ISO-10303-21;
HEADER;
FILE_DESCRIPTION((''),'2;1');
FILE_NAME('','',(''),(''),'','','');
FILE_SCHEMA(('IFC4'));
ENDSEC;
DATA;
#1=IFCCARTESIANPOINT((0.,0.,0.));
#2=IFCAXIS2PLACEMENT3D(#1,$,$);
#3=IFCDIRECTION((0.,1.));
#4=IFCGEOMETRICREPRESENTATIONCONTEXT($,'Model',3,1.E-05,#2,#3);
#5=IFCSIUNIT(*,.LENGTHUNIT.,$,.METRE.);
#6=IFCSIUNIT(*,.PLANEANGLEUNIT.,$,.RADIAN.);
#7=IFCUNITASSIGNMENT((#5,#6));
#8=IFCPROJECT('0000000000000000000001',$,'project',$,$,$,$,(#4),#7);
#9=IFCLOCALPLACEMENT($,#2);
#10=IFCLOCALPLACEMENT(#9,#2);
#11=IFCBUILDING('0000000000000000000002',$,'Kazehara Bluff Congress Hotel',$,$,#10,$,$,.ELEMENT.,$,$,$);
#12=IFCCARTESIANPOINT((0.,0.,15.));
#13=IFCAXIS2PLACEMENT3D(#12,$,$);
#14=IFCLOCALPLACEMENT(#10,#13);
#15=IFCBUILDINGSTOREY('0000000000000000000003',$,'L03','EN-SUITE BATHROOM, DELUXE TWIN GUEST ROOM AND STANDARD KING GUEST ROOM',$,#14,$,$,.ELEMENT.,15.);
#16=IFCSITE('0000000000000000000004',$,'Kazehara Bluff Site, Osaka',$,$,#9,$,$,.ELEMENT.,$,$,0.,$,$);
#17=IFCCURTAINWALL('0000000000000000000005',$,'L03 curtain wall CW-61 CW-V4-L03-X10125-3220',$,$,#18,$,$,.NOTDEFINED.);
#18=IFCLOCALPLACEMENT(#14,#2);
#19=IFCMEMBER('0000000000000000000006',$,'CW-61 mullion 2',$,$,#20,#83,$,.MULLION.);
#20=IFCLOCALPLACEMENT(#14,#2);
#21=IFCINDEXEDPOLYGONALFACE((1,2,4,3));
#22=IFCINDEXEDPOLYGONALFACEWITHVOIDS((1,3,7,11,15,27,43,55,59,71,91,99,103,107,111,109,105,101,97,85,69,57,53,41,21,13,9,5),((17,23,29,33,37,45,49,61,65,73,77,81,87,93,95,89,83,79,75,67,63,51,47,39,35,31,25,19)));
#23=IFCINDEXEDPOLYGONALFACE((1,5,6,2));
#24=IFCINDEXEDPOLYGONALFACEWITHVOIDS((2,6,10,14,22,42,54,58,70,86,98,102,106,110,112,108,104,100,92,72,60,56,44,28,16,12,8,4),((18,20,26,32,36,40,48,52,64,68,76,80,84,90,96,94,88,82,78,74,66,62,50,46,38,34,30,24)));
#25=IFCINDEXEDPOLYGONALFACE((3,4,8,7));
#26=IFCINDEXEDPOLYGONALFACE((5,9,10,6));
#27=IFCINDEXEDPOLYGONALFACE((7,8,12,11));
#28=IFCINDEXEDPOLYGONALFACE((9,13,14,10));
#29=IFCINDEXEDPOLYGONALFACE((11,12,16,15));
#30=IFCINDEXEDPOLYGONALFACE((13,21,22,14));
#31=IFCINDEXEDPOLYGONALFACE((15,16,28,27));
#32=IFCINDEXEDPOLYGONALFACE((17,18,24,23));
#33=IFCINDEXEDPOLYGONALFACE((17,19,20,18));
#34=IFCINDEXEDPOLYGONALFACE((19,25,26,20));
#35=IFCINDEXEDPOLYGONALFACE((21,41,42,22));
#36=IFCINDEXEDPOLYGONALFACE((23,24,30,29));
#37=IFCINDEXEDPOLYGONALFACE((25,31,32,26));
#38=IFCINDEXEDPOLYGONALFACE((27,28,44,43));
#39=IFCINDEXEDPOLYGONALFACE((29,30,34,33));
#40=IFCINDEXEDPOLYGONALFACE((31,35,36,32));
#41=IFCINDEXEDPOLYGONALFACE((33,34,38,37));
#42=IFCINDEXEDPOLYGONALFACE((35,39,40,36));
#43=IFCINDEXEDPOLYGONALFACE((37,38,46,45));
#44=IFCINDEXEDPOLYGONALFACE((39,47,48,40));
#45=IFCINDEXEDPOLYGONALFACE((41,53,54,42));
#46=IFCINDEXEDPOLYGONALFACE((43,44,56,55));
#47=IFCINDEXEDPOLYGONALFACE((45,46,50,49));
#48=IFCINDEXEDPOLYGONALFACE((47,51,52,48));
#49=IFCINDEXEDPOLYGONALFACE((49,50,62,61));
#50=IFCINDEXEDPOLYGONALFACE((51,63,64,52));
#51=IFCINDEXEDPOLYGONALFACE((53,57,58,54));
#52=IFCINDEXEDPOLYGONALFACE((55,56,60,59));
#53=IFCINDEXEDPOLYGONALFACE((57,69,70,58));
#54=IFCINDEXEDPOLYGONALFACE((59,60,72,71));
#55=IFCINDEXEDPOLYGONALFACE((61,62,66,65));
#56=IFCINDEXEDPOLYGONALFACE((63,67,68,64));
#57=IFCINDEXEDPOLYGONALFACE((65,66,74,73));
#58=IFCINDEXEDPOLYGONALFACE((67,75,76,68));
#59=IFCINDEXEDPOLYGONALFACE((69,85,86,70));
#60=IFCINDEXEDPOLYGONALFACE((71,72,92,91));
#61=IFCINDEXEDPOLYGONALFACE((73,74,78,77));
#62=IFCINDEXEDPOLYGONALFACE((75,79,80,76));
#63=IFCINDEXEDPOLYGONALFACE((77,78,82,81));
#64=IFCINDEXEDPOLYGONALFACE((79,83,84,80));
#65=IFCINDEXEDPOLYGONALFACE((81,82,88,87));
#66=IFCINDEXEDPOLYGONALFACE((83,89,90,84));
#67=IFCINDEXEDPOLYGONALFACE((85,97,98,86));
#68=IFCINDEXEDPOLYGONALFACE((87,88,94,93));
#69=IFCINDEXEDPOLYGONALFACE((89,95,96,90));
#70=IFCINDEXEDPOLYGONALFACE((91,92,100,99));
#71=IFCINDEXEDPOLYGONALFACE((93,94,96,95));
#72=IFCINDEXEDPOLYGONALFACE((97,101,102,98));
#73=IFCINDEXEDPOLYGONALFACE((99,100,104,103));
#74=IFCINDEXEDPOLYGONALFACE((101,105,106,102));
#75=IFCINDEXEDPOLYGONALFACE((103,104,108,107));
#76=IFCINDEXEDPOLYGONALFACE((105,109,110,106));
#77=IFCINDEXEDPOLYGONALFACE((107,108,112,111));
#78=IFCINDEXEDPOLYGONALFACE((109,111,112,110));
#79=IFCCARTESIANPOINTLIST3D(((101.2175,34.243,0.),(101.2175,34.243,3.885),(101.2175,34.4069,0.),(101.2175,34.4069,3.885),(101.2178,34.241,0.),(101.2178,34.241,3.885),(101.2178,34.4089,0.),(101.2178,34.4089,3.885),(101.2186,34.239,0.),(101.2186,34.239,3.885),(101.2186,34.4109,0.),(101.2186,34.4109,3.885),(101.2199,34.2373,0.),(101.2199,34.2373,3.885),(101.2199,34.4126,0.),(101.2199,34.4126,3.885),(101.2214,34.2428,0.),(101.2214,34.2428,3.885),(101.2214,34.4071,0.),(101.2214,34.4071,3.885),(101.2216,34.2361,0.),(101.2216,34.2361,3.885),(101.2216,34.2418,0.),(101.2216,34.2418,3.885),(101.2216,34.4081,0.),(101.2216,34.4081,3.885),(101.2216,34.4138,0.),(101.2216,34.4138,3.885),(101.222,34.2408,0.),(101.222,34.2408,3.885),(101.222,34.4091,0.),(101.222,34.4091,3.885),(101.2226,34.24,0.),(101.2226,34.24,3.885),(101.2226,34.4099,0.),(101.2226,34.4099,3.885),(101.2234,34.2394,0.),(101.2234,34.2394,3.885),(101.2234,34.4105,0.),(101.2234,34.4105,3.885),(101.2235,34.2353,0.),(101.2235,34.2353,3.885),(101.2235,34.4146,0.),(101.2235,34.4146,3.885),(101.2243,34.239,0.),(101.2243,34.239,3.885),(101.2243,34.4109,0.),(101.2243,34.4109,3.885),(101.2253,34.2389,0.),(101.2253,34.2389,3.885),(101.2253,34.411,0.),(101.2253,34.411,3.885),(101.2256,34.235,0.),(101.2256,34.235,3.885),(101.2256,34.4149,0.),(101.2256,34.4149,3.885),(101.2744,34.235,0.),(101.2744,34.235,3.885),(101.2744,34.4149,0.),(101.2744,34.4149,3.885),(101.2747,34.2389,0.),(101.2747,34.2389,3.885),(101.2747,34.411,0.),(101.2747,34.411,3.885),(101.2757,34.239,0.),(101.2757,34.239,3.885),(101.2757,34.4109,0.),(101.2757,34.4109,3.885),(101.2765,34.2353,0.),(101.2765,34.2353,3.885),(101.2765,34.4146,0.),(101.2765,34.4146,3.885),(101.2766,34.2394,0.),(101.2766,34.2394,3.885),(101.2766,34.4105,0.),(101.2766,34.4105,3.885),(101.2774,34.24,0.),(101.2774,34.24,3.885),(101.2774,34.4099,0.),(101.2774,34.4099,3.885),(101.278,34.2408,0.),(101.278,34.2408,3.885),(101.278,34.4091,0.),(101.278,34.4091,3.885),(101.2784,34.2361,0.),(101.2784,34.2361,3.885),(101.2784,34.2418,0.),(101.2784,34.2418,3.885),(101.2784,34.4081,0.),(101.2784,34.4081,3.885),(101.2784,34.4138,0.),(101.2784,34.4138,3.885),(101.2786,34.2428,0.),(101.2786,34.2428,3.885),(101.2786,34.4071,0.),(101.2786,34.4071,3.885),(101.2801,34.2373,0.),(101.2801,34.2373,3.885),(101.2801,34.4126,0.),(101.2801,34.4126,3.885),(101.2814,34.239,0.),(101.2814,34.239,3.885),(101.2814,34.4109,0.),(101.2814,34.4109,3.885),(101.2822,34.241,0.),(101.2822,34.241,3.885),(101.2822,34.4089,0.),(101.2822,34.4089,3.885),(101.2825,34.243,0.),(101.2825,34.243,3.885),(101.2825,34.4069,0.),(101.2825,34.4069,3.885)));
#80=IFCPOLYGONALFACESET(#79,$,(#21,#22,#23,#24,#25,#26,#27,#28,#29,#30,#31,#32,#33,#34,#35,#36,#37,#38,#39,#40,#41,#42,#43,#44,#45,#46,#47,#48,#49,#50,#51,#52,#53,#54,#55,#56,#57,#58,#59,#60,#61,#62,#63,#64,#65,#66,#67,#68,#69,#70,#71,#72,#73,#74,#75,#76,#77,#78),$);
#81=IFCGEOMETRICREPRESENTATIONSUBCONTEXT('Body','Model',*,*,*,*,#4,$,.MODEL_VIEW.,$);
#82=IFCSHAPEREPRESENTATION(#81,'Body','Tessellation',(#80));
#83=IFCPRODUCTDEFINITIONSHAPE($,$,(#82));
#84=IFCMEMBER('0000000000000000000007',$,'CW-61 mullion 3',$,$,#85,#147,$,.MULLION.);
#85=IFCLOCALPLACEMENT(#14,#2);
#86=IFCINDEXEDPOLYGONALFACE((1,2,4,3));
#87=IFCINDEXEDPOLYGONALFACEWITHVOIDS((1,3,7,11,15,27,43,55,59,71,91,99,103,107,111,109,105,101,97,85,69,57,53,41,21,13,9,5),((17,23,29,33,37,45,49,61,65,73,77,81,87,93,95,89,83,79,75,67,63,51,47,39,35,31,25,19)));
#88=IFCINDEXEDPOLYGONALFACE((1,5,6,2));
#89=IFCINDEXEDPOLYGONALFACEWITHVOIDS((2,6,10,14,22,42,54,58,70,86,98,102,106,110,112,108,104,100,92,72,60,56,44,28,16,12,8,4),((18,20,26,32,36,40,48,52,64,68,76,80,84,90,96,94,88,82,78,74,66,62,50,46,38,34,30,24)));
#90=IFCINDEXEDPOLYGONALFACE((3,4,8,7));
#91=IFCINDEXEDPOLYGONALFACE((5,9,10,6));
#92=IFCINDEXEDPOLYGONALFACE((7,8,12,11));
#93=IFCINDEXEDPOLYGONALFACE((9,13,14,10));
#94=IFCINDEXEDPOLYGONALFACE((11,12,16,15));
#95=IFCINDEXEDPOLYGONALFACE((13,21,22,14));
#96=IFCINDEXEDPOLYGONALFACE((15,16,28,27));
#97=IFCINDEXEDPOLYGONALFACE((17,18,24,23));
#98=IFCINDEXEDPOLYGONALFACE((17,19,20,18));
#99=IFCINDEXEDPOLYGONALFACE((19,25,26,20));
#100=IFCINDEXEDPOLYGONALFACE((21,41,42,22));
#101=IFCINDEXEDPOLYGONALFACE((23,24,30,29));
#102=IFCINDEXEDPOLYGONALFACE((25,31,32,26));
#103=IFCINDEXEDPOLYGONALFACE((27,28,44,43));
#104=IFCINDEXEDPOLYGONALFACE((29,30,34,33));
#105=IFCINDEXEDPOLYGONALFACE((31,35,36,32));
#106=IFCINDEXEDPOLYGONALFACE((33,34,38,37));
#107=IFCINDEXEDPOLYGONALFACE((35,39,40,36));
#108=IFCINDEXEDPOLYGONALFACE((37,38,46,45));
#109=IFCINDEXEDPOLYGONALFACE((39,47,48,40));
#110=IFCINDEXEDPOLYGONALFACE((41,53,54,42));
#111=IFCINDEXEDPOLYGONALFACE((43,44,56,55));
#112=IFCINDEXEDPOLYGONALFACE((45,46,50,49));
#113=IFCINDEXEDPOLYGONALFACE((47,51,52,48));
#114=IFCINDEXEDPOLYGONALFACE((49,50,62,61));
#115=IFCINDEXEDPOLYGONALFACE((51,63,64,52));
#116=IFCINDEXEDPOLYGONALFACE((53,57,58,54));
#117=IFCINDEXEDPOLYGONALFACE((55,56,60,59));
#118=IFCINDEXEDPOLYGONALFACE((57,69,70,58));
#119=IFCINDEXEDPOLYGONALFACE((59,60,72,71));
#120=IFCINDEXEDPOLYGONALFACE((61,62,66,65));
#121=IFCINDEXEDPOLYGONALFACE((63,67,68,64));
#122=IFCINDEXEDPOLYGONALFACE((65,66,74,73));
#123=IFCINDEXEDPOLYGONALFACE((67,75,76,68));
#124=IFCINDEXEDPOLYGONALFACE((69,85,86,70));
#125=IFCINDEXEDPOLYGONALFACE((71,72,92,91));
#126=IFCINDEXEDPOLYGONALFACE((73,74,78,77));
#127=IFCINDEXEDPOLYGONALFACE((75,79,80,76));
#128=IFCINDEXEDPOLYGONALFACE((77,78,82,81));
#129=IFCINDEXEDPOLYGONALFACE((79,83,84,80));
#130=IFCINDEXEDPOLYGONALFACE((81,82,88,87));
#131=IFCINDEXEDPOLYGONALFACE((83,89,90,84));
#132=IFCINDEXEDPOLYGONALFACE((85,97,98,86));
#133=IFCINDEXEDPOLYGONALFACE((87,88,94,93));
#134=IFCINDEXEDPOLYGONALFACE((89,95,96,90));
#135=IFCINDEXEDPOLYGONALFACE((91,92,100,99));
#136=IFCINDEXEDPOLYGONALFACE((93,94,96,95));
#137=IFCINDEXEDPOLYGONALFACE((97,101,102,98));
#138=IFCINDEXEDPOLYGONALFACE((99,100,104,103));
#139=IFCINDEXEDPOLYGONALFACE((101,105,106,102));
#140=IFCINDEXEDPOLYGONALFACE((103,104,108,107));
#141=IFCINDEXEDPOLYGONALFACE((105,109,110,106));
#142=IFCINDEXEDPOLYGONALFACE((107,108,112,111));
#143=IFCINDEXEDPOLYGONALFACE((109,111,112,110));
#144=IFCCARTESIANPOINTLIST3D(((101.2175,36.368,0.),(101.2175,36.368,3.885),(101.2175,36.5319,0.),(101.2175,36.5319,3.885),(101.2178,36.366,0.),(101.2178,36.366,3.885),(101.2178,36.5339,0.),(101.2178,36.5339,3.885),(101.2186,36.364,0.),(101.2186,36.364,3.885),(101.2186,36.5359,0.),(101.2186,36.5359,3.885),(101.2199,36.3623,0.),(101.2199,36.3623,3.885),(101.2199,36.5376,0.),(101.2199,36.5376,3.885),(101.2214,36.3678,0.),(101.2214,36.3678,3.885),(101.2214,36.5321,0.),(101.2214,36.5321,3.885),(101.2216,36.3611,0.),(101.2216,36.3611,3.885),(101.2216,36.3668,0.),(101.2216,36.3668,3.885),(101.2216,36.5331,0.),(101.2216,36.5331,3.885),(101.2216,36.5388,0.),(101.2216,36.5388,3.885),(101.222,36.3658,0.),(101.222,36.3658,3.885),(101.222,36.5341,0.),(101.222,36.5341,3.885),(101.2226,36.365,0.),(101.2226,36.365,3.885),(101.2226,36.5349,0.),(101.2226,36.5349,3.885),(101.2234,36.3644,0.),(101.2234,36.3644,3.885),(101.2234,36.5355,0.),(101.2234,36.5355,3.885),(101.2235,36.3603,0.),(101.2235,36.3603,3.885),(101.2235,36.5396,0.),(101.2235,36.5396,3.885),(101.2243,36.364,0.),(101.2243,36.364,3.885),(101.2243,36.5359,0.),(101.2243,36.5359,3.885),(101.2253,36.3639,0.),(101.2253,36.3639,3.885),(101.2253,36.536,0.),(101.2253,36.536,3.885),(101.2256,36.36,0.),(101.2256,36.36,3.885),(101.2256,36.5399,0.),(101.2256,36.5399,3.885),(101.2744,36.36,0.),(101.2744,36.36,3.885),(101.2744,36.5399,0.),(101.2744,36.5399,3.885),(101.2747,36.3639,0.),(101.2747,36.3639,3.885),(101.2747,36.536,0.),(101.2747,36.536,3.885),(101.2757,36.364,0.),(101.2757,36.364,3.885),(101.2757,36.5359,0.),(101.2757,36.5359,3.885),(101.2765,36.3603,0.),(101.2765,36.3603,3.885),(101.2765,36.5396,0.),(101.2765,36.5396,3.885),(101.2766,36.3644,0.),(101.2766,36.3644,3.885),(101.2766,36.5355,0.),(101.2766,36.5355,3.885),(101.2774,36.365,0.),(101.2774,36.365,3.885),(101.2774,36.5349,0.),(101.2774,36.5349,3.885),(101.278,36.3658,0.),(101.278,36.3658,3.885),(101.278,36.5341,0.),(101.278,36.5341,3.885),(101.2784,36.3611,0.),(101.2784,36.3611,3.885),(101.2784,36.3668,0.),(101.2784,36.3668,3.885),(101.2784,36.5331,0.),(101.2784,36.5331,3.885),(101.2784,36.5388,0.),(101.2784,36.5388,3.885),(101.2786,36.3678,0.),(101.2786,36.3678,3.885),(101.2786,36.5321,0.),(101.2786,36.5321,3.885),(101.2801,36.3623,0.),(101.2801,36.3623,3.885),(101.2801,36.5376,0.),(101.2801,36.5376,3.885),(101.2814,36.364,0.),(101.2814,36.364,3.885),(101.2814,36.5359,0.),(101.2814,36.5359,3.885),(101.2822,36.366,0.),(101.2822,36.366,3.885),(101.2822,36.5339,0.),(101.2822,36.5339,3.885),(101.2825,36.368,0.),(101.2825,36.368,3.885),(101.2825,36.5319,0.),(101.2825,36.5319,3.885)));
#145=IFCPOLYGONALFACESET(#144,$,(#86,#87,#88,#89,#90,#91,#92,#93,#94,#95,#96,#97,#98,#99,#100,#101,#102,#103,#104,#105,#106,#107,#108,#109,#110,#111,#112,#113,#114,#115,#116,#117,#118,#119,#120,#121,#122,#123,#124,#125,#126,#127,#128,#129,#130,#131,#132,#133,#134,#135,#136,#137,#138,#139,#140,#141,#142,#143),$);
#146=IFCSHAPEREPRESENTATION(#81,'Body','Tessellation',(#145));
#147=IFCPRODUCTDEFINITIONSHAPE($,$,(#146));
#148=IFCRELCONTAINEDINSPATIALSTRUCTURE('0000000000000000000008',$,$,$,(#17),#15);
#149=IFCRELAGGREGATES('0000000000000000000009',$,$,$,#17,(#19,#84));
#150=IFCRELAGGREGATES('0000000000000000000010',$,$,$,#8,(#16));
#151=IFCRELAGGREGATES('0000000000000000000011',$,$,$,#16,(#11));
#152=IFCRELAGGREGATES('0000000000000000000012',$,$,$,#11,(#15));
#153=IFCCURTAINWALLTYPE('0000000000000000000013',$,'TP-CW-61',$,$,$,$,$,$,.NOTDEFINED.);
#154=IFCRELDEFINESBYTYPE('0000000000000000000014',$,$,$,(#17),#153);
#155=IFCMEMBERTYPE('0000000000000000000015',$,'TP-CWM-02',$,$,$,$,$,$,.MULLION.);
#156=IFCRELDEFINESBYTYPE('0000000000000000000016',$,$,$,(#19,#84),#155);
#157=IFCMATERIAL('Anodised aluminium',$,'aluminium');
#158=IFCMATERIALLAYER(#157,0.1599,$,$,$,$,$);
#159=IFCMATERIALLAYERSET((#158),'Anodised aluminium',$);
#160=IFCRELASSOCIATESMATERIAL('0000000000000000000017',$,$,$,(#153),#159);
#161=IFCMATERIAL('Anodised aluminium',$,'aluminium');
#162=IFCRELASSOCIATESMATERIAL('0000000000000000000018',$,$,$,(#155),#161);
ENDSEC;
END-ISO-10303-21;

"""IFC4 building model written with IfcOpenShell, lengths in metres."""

from ifc_helpers import new_model, si_unit, direction, frame, origin, origin_2d, place, context, subcontext, project, spatial, hollow_rectangle, extrude, material, layer, layer_set, material_profile, profile_set, type_object, element, aggregate, save


model = new_model("IFC4")

# Units and contexts
model_context = context("Model", 3, precision=1e-05, world=origin(), true_north=direction((0.0, 1.0)))
body_context = subcontext(model_context, "Body", "Model", "MODEL_VIEW")
ifc_project = project(units=[si_unit("LENGTHUNIT", "METRE"), si_unit("PLANEANGLEUNIT", "RADIAN")], contexts=[model_context])

# Site, building, storey
site_placement = place(None, origin())
site = spatial("IfcSite", under=ifc_project, at=site_placement, Name="Kazehara Bluff Site, Osaka", CompositionType="ELEMENT", RefElevation=0.0)
building_placement = place(site_placement, origin())
building = spatial("IfcBuilding", under=site, at=building_placement, Name="Kazehara Bluff Congress Hotel", CompositionType="ELEMENT")
storey_placement = place(building_placement, frame((0.0, 0.0, 15.0)))
storey = spatial("IfcBuildingStorey", under=building, at=storey_placement, Name="L03", Description="EN-SUITE BATHROOM, DELUXE TWIN GUEST ROOM AND STANDARD KING GUEST ROOM", CompositionType="ELEMENT", Elevation=15.0)

# Curtain wall, members
ifc_material_1 = material(Name="Anodised aluminium", Category="aluminium")
ifc_layer_1 = layer(ifc_material_1, 0.1599)
ifc_layer_set_1 = layer_set([ifc_layer_1], Name="Anodised aluminium")
curtain_wall_type = type_object("IfcCurtainWallType", Name="TP-CW-61", PredefinedType="NOTDEFINED", material=ifc_layer_set_1)
curtain_wall_placement = place(storey_placement, origin())
curtain_wall = element("IfcCurtainWall", 1, at=curtain_wall_placement, inside=storey, type_object=curtain_wall_type, Name="L03 curtain wall CW-61 CW-V4-L03-X10125-3220", PredefinedType="NOTDEFINED")
ifc_material_2 = material(Name="Anodised aluminium", Category="aluminium")
ifc_material_profile_1 = material_profile(ifc_material_2, hollow_rectangle(XDim=0.0649, YDim=0.1799, WallThickness=0.0039, InnerFilletRadius=0.0039, OuterFilletRadius=0.0081, at=origin_2d()))
ifc_profile_set_1 = profile_set([ifc_material_profile_1], Name="Anodised aluminium")
member_type_1 = type_object("IfcMemberType", Name="TP-CWM-02", PredefinedType="MULLION", material=ifc_profile_set_1)
member_1_placement = place(storey_placement, frame((101.25, 34.325, 0.0), z_axis=(0.0, 0.0, 1.0), x_axis=(-1.0, 0.0, 0.0)))
member_1 = element("IfcMember", 2, at=member_1_placement, type_object=member_type_1, Name="CW-61 mullion 2", PredefinedType="MULLION", context=body_context, shape_type="SweptSolid", body=[
    extrude(hollow_rectangle(XDim=0.0649, YDim=0.1799, WallThickness=0.0039, InnerFilletRadius=0.0039, OuterFilletRadius=0.0081, at=origin_2d()), origin(), (0.0, 0.0, 1.0), 3.885),
])
member_2_placement = place(storey_placement, frame((101.25, 36.45, 0.0), z_axis=(0.0, 0.0, 1.0), x_axis=(-1.0, 0.0, 0.0)))
member_2 = element("IfcMember", 3, at=member_2_placement, type_object=member_type_1, Name="CW-61 mullion 3", PredefinedType="MULLION", context=body_context, shape_type="SweptSolid", body=[
    extrude(hollow_rectangle(XDim=0.0649, YDim=0.1799, WallThickness=0.0039, InnerFilletRadius=0.0039, OuterFilletRadius=0.0081, at=origin_2d()), origin(), (0.0, 0.0, 1.0), 3.885),
])
aggregate(curtain_wall, [member_1, member_2])

save(model, "model.ifc")
